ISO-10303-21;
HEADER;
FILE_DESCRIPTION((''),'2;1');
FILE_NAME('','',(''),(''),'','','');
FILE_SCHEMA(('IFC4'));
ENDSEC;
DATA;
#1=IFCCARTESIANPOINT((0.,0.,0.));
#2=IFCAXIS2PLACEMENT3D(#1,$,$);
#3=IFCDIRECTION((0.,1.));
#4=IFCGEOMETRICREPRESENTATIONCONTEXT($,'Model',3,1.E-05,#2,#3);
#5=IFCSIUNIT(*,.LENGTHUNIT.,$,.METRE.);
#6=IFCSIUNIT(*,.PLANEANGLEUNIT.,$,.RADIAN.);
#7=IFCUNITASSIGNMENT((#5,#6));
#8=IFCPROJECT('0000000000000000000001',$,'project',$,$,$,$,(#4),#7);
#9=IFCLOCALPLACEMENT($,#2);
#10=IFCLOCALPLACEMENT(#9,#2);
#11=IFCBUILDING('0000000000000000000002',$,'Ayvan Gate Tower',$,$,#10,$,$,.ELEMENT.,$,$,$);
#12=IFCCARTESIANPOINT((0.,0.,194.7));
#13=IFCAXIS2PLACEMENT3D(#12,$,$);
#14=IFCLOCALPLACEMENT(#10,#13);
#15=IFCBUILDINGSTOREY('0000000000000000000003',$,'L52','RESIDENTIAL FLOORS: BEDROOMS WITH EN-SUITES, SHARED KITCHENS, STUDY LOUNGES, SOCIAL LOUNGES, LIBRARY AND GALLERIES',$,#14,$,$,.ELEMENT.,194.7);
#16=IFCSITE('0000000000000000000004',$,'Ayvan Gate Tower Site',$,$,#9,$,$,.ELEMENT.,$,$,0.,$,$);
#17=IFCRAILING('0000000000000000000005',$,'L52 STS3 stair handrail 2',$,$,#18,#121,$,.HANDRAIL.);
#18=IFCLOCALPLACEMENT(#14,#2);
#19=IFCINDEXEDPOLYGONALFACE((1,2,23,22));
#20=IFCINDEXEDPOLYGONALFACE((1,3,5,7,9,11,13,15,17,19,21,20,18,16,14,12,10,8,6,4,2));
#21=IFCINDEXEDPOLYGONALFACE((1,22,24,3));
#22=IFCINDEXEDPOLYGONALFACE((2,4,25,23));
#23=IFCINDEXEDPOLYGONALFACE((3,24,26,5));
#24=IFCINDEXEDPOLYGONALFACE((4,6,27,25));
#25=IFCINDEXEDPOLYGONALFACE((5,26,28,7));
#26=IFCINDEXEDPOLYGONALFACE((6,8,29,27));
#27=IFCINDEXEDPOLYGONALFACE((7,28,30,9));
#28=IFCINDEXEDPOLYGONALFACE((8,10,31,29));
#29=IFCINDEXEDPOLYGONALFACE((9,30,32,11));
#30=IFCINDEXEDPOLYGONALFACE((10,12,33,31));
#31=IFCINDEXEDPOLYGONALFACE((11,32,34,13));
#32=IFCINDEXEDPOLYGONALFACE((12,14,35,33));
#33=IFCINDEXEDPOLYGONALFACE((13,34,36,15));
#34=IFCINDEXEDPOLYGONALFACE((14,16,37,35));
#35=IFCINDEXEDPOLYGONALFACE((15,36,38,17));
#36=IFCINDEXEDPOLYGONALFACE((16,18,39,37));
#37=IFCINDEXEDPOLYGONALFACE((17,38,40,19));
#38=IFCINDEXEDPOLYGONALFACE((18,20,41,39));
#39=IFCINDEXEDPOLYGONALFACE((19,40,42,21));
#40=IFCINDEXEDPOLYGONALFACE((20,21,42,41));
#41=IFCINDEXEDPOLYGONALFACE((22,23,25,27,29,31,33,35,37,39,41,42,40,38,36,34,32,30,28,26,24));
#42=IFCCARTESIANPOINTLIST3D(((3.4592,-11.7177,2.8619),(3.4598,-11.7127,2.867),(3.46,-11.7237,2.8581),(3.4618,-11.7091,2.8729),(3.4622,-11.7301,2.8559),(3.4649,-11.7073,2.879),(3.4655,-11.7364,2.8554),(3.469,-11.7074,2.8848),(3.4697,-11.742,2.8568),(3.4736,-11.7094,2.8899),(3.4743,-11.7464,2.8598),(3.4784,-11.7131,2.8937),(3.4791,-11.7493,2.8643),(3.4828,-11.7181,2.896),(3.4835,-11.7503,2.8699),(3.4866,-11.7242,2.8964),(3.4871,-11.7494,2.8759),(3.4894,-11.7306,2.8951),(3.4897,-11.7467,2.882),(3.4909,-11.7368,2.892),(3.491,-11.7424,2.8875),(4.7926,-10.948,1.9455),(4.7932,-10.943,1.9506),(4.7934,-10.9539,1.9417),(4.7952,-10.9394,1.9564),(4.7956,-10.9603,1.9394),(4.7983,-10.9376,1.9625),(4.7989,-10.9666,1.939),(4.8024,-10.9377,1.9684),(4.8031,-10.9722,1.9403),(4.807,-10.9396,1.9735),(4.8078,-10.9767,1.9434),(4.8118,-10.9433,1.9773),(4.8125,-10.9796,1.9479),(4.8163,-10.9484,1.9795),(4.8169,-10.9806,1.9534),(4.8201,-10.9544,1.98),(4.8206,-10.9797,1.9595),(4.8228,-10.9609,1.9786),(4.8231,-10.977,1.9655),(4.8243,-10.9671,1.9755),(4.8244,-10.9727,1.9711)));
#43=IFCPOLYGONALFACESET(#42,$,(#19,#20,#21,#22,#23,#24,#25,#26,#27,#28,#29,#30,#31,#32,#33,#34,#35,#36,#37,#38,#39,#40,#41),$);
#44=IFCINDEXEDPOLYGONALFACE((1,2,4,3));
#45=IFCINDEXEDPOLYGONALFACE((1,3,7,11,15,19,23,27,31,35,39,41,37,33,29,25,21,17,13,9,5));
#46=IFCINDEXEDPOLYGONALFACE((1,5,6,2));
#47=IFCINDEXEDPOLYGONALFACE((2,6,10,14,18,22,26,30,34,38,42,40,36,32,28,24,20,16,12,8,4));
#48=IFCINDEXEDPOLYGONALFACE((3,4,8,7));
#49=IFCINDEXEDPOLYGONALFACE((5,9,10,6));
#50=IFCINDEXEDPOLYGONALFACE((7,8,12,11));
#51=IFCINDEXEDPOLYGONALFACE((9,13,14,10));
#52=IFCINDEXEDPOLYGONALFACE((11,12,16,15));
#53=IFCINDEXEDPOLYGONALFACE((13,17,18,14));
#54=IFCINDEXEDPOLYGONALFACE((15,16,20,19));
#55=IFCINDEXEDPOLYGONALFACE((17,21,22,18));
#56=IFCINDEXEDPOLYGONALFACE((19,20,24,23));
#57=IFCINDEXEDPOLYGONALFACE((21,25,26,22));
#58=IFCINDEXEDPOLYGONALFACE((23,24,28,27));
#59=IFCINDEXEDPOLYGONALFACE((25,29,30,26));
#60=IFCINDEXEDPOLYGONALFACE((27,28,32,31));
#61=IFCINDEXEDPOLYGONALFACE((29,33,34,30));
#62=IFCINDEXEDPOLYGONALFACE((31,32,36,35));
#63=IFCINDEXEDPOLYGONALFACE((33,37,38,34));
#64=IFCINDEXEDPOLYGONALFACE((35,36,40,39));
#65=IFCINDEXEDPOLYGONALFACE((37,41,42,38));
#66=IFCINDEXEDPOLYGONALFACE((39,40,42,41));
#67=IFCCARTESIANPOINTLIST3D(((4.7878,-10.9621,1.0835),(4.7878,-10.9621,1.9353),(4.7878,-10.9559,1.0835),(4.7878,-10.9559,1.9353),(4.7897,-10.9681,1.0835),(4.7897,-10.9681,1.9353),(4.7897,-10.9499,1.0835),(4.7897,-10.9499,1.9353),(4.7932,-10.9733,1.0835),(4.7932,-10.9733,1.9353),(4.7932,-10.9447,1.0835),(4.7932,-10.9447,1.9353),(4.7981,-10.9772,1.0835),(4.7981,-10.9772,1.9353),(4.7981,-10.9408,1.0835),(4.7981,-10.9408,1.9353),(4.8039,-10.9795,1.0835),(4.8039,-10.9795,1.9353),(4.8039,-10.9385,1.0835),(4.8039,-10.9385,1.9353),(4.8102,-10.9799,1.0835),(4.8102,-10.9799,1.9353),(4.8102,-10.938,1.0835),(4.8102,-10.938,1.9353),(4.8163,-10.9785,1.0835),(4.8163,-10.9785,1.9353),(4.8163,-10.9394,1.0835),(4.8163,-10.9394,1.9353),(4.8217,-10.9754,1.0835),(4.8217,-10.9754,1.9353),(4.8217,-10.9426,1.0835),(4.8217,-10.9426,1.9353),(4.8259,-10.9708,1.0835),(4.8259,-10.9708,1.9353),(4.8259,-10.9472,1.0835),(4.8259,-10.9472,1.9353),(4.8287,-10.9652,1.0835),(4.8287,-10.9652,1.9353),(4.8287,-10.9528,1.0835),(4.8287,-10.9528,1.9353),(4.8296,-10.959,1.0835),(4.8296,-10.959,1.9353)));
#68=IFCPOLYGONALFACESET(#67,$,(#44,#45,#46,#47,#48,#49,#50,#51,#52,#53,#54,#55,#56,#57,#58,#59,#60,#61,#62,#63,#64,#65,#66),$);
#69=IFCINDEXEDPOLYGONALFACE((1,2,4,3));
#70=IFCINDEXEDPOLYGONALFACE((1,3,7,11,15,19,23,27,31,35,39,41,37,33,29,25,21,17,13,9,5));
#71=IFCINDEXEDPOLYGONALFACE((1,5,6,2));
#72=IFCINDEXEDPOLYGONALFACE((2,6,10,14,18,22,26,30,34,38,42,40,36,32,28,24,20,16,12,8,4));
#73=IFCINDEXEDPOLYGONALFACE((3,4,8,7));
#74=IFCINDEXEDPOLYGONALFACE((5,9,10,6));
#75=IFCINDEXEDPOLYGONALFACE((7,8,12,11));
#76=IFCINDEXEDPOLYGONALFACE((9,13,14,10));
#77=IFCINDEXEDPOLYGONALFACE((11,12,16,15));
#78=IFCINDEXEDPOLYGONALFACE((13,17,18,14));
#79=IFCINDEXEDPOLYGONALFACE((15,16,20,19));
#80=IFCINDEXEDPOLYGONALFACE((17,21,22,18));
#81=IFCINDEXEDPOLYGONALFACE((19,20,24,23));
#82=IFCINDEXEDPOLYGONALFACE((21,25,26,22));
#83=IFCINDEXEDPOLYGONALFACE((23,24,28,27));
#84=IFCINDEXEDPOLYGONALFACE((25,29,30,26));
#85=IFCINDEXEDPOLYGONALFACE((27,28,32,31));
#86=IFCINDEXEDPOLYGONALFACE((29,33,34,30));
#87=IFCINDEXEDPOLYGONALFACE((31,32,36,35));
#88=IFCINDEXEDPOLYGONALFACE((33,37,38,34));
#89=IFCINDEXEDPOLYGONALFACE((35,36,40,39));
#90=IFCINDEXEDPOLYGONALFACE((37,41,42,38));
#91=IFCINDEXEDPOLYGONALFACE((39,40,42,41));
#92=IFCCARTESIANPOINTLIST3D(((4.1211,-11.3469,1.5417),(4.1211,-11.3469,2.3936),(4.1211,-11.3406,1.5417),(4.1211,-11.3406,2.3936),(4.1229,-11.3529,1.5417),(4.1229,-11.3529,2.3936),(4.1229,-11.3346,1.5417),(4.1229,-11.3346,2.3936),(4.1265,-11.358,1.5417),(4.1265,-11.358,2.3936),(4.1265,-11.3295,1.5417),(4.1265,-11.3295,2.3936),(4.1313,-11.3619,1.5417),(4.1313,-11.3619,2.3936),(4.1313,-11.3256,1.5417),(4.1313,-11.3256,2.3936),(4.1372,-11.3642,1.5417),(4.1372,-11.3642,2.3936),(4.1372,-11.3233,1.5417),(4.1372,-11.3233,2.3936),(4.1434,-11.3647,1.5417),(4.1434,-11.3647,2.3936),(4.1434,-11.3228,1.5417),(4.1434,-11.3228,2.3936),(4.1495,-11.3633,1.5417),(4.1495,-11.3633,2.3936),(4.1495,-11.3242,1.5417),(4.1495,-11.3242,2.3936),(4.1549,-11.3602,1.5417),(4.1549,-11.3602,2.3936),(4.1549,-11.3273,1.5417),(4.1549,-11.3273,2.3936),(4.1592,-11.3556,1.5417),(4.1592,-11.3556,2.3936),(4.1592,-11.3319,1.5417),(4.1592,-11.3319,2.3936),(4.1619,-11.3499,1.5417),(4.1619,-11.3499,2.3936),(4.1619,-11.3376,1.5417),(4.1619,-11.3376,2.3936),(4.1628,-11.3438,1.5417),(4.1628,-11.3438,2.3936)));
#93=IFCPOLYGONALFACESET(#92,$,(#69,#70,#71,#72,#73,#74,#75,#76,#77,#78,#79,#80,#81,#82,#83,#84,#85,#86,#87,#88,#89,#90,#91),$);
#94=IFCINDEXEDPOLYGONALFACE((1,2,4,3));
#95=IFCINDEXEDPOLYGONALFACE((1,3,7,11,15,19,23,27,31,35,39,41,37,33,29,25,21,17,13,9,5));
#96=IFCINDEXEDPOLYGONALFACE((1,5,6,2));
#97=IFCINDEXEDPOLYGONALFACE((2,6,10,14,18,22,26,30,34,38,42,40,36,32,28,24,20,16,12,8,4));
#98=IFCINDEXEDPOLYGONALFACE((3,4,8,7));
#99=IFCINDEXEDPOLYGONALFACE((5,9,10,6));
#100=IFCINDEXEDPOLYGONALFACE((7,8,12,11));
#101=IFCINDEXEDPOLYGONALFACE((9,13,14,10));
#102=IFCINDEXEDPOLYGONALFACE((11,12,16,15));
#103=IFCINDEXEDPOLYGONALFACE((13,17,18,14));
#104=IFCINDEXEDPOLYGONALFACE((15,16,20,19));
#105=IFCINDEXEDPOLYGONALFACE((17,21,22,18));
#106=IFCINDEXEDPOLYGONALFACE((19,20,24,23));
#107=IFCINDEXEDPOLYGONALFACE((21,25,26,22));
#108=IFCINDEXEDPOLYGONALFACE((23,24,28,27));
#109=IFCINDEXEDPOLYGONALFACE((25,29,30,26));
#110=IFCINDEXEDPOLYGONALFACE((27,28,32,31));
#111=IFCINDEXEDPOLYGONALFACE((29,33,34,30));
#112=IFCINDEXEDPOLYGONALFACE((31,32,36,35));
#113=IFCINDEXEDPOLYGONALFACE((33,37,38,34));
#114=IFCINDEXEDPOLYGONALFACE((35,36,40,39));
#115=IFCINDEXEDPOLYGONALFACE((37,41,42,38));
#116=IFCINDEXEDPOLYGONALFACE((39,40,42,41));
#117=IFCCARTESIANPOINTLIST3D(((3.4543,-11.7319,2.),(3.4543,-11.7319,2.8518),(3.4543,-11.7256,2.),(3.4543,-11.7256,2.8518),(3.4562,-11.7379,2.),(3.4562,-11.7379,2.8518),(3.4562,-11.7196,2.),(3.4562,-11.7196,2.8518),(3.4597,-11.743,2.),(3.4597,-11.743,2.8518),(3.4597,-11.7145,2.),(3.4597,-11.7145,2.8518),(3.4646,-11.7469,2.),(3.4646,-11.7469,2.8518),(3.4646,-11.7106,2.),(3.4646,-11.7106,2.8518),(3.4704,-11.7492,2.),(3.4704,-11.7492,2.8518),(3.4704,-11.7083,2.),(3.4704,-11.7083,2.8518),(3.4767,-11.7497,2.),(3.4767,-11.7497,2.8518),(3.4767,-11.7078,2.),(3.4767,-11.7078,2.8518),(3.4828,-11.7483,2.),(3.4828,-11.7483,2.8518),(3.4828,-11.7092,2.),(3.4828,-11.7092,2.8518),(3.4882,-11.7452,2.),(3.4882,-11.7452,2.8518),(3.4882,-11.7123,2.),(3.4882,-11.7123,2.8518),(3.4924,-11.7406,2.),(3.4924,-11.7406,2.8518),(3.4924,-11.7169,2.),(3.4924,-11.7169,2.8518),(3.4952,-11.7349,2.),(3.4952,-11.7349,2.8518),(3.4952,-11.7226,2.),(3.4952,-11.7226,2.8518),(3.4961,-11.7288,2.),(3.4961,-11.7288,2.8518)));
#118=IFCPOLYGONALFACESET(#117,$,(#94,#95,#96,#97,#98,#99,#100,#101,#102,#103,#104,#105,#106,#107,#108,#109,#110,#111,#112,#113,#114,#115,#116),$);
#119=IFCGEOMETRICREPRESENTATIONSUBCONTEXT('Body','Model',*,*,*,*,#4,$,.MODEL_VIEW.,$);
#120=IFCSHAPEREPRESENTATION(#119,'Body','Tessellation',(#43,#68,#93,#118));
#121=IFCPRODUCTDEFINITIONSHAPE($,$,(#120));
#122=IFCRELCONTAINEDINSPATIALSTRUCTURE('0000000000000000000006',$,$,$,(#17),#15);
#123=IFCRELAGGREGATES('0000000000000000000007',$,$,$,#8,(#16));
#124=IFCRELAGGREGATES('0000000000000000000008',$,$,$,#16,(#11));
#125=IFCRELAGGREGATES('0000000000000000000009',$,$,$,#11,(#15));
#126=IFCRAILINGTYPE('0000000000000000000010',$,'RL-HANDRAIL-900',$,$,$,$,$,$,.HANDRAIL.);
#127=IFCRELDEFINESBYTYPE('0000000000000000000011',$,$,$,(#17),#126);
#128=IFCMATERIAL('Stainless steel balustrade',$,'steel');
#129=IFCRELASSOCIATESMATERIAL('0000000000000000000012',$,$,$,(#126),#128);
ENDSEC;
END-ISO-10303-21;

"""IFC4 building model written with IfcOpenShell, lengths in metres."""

from ifc_helpers import new_model, si_unit, direction, frame, origin, origin_2d, place, context, subcontext, project, spatial, circle, extrude, material, type_object, element, save


model = new_model("IFC4")

# Units and contexts
model_context = context("Model", 3, precision=1e-05, world=origin(), true_north=direction((0.0, 1.0)))
body_context = subcontext(model_context, "Body", "Model", "MODEL_VIEW")
ifc_project = project(units=[si_unit("LENGTHUNIT", "METRE"), si_unit("PLANEANGLEUNIT", "RADIAN")], contexts=[model_context])

# Site, building, storey
site_placement = place(None, origin())
site = spatial("IfcSite", under=ifc_project, at=site_placement, Name="Ayvan Gate Tower Site", CompositionType="ELEMENT", RefElevation=0.0)
building_placement = place(site_placement, origin())
building = spatial("IfcBuilding", under=site, at=building_placement, Name="Ayvan Gate Tower", CompositionType="ELEMENT")
storey_placement = place(building_placement, frame((0.0, 0.0, 194.7)))
storey = spatial("IfcBuildingStorey", under=building, at=storey_placement, Name="L52", Description="RESIDENTIAL FLOORS: BEDROOMS WITH EN-SUITES, SHARED KITCHENS, STUDY LOUNGES, SOCIAL LOUNGES, LIBRARY AND GALLERIES", CompositionType="ELEMENT", Elevation=194.7)

# Railing
ifc_material_1 = material(Name="Stainless steel balustrade", Category="steel")
railing_type_1 = type_object("IfcRailingType", Name="RL-HANDRAIL-900", PredefinedType="HANDRAIL", material=ifc_material_1)
railing_1_placement = place(storey_placement, frame((4.8086, -10.959, 1.0835)))
element("IfcRailing", 1, at=railing_1_placement, inside=storey, type_object=railing_type_1, Name="L52 STS3 stair handrail 2", PredefinedType="HANDRAIL", context=body_context, shape_type="SweptSolid", body=[
    extrude(circle(Radius=0.0239, at=origin_2d()), frame((0.0, 0.0, 0.876), z_axis=(-0.744199, -0.429597, 0.511483), x_axis=(0.499942, -0.866059, 0.0)), (0.0, 0.0, 1.0), 1.7917),
    extrude(circle(Radius=0.021, at=origin_2d()), origin(), (0.0, 0.0, 1.0), 0.8518),
    extrude(circle(Radius=0.021, at=origin_2d()), frame((-0.6667, -0.3848, 0.4583)), (0.0, 0.0, 1.0), 0.8518),
    extrude(circle(Radius=0.021, at=origin_2d()), frame((-1.3335, -0.7698, 0.9165)), (0.0, 0.0, 1.0), 0.8518),
])

save(model, "model.ifc")
